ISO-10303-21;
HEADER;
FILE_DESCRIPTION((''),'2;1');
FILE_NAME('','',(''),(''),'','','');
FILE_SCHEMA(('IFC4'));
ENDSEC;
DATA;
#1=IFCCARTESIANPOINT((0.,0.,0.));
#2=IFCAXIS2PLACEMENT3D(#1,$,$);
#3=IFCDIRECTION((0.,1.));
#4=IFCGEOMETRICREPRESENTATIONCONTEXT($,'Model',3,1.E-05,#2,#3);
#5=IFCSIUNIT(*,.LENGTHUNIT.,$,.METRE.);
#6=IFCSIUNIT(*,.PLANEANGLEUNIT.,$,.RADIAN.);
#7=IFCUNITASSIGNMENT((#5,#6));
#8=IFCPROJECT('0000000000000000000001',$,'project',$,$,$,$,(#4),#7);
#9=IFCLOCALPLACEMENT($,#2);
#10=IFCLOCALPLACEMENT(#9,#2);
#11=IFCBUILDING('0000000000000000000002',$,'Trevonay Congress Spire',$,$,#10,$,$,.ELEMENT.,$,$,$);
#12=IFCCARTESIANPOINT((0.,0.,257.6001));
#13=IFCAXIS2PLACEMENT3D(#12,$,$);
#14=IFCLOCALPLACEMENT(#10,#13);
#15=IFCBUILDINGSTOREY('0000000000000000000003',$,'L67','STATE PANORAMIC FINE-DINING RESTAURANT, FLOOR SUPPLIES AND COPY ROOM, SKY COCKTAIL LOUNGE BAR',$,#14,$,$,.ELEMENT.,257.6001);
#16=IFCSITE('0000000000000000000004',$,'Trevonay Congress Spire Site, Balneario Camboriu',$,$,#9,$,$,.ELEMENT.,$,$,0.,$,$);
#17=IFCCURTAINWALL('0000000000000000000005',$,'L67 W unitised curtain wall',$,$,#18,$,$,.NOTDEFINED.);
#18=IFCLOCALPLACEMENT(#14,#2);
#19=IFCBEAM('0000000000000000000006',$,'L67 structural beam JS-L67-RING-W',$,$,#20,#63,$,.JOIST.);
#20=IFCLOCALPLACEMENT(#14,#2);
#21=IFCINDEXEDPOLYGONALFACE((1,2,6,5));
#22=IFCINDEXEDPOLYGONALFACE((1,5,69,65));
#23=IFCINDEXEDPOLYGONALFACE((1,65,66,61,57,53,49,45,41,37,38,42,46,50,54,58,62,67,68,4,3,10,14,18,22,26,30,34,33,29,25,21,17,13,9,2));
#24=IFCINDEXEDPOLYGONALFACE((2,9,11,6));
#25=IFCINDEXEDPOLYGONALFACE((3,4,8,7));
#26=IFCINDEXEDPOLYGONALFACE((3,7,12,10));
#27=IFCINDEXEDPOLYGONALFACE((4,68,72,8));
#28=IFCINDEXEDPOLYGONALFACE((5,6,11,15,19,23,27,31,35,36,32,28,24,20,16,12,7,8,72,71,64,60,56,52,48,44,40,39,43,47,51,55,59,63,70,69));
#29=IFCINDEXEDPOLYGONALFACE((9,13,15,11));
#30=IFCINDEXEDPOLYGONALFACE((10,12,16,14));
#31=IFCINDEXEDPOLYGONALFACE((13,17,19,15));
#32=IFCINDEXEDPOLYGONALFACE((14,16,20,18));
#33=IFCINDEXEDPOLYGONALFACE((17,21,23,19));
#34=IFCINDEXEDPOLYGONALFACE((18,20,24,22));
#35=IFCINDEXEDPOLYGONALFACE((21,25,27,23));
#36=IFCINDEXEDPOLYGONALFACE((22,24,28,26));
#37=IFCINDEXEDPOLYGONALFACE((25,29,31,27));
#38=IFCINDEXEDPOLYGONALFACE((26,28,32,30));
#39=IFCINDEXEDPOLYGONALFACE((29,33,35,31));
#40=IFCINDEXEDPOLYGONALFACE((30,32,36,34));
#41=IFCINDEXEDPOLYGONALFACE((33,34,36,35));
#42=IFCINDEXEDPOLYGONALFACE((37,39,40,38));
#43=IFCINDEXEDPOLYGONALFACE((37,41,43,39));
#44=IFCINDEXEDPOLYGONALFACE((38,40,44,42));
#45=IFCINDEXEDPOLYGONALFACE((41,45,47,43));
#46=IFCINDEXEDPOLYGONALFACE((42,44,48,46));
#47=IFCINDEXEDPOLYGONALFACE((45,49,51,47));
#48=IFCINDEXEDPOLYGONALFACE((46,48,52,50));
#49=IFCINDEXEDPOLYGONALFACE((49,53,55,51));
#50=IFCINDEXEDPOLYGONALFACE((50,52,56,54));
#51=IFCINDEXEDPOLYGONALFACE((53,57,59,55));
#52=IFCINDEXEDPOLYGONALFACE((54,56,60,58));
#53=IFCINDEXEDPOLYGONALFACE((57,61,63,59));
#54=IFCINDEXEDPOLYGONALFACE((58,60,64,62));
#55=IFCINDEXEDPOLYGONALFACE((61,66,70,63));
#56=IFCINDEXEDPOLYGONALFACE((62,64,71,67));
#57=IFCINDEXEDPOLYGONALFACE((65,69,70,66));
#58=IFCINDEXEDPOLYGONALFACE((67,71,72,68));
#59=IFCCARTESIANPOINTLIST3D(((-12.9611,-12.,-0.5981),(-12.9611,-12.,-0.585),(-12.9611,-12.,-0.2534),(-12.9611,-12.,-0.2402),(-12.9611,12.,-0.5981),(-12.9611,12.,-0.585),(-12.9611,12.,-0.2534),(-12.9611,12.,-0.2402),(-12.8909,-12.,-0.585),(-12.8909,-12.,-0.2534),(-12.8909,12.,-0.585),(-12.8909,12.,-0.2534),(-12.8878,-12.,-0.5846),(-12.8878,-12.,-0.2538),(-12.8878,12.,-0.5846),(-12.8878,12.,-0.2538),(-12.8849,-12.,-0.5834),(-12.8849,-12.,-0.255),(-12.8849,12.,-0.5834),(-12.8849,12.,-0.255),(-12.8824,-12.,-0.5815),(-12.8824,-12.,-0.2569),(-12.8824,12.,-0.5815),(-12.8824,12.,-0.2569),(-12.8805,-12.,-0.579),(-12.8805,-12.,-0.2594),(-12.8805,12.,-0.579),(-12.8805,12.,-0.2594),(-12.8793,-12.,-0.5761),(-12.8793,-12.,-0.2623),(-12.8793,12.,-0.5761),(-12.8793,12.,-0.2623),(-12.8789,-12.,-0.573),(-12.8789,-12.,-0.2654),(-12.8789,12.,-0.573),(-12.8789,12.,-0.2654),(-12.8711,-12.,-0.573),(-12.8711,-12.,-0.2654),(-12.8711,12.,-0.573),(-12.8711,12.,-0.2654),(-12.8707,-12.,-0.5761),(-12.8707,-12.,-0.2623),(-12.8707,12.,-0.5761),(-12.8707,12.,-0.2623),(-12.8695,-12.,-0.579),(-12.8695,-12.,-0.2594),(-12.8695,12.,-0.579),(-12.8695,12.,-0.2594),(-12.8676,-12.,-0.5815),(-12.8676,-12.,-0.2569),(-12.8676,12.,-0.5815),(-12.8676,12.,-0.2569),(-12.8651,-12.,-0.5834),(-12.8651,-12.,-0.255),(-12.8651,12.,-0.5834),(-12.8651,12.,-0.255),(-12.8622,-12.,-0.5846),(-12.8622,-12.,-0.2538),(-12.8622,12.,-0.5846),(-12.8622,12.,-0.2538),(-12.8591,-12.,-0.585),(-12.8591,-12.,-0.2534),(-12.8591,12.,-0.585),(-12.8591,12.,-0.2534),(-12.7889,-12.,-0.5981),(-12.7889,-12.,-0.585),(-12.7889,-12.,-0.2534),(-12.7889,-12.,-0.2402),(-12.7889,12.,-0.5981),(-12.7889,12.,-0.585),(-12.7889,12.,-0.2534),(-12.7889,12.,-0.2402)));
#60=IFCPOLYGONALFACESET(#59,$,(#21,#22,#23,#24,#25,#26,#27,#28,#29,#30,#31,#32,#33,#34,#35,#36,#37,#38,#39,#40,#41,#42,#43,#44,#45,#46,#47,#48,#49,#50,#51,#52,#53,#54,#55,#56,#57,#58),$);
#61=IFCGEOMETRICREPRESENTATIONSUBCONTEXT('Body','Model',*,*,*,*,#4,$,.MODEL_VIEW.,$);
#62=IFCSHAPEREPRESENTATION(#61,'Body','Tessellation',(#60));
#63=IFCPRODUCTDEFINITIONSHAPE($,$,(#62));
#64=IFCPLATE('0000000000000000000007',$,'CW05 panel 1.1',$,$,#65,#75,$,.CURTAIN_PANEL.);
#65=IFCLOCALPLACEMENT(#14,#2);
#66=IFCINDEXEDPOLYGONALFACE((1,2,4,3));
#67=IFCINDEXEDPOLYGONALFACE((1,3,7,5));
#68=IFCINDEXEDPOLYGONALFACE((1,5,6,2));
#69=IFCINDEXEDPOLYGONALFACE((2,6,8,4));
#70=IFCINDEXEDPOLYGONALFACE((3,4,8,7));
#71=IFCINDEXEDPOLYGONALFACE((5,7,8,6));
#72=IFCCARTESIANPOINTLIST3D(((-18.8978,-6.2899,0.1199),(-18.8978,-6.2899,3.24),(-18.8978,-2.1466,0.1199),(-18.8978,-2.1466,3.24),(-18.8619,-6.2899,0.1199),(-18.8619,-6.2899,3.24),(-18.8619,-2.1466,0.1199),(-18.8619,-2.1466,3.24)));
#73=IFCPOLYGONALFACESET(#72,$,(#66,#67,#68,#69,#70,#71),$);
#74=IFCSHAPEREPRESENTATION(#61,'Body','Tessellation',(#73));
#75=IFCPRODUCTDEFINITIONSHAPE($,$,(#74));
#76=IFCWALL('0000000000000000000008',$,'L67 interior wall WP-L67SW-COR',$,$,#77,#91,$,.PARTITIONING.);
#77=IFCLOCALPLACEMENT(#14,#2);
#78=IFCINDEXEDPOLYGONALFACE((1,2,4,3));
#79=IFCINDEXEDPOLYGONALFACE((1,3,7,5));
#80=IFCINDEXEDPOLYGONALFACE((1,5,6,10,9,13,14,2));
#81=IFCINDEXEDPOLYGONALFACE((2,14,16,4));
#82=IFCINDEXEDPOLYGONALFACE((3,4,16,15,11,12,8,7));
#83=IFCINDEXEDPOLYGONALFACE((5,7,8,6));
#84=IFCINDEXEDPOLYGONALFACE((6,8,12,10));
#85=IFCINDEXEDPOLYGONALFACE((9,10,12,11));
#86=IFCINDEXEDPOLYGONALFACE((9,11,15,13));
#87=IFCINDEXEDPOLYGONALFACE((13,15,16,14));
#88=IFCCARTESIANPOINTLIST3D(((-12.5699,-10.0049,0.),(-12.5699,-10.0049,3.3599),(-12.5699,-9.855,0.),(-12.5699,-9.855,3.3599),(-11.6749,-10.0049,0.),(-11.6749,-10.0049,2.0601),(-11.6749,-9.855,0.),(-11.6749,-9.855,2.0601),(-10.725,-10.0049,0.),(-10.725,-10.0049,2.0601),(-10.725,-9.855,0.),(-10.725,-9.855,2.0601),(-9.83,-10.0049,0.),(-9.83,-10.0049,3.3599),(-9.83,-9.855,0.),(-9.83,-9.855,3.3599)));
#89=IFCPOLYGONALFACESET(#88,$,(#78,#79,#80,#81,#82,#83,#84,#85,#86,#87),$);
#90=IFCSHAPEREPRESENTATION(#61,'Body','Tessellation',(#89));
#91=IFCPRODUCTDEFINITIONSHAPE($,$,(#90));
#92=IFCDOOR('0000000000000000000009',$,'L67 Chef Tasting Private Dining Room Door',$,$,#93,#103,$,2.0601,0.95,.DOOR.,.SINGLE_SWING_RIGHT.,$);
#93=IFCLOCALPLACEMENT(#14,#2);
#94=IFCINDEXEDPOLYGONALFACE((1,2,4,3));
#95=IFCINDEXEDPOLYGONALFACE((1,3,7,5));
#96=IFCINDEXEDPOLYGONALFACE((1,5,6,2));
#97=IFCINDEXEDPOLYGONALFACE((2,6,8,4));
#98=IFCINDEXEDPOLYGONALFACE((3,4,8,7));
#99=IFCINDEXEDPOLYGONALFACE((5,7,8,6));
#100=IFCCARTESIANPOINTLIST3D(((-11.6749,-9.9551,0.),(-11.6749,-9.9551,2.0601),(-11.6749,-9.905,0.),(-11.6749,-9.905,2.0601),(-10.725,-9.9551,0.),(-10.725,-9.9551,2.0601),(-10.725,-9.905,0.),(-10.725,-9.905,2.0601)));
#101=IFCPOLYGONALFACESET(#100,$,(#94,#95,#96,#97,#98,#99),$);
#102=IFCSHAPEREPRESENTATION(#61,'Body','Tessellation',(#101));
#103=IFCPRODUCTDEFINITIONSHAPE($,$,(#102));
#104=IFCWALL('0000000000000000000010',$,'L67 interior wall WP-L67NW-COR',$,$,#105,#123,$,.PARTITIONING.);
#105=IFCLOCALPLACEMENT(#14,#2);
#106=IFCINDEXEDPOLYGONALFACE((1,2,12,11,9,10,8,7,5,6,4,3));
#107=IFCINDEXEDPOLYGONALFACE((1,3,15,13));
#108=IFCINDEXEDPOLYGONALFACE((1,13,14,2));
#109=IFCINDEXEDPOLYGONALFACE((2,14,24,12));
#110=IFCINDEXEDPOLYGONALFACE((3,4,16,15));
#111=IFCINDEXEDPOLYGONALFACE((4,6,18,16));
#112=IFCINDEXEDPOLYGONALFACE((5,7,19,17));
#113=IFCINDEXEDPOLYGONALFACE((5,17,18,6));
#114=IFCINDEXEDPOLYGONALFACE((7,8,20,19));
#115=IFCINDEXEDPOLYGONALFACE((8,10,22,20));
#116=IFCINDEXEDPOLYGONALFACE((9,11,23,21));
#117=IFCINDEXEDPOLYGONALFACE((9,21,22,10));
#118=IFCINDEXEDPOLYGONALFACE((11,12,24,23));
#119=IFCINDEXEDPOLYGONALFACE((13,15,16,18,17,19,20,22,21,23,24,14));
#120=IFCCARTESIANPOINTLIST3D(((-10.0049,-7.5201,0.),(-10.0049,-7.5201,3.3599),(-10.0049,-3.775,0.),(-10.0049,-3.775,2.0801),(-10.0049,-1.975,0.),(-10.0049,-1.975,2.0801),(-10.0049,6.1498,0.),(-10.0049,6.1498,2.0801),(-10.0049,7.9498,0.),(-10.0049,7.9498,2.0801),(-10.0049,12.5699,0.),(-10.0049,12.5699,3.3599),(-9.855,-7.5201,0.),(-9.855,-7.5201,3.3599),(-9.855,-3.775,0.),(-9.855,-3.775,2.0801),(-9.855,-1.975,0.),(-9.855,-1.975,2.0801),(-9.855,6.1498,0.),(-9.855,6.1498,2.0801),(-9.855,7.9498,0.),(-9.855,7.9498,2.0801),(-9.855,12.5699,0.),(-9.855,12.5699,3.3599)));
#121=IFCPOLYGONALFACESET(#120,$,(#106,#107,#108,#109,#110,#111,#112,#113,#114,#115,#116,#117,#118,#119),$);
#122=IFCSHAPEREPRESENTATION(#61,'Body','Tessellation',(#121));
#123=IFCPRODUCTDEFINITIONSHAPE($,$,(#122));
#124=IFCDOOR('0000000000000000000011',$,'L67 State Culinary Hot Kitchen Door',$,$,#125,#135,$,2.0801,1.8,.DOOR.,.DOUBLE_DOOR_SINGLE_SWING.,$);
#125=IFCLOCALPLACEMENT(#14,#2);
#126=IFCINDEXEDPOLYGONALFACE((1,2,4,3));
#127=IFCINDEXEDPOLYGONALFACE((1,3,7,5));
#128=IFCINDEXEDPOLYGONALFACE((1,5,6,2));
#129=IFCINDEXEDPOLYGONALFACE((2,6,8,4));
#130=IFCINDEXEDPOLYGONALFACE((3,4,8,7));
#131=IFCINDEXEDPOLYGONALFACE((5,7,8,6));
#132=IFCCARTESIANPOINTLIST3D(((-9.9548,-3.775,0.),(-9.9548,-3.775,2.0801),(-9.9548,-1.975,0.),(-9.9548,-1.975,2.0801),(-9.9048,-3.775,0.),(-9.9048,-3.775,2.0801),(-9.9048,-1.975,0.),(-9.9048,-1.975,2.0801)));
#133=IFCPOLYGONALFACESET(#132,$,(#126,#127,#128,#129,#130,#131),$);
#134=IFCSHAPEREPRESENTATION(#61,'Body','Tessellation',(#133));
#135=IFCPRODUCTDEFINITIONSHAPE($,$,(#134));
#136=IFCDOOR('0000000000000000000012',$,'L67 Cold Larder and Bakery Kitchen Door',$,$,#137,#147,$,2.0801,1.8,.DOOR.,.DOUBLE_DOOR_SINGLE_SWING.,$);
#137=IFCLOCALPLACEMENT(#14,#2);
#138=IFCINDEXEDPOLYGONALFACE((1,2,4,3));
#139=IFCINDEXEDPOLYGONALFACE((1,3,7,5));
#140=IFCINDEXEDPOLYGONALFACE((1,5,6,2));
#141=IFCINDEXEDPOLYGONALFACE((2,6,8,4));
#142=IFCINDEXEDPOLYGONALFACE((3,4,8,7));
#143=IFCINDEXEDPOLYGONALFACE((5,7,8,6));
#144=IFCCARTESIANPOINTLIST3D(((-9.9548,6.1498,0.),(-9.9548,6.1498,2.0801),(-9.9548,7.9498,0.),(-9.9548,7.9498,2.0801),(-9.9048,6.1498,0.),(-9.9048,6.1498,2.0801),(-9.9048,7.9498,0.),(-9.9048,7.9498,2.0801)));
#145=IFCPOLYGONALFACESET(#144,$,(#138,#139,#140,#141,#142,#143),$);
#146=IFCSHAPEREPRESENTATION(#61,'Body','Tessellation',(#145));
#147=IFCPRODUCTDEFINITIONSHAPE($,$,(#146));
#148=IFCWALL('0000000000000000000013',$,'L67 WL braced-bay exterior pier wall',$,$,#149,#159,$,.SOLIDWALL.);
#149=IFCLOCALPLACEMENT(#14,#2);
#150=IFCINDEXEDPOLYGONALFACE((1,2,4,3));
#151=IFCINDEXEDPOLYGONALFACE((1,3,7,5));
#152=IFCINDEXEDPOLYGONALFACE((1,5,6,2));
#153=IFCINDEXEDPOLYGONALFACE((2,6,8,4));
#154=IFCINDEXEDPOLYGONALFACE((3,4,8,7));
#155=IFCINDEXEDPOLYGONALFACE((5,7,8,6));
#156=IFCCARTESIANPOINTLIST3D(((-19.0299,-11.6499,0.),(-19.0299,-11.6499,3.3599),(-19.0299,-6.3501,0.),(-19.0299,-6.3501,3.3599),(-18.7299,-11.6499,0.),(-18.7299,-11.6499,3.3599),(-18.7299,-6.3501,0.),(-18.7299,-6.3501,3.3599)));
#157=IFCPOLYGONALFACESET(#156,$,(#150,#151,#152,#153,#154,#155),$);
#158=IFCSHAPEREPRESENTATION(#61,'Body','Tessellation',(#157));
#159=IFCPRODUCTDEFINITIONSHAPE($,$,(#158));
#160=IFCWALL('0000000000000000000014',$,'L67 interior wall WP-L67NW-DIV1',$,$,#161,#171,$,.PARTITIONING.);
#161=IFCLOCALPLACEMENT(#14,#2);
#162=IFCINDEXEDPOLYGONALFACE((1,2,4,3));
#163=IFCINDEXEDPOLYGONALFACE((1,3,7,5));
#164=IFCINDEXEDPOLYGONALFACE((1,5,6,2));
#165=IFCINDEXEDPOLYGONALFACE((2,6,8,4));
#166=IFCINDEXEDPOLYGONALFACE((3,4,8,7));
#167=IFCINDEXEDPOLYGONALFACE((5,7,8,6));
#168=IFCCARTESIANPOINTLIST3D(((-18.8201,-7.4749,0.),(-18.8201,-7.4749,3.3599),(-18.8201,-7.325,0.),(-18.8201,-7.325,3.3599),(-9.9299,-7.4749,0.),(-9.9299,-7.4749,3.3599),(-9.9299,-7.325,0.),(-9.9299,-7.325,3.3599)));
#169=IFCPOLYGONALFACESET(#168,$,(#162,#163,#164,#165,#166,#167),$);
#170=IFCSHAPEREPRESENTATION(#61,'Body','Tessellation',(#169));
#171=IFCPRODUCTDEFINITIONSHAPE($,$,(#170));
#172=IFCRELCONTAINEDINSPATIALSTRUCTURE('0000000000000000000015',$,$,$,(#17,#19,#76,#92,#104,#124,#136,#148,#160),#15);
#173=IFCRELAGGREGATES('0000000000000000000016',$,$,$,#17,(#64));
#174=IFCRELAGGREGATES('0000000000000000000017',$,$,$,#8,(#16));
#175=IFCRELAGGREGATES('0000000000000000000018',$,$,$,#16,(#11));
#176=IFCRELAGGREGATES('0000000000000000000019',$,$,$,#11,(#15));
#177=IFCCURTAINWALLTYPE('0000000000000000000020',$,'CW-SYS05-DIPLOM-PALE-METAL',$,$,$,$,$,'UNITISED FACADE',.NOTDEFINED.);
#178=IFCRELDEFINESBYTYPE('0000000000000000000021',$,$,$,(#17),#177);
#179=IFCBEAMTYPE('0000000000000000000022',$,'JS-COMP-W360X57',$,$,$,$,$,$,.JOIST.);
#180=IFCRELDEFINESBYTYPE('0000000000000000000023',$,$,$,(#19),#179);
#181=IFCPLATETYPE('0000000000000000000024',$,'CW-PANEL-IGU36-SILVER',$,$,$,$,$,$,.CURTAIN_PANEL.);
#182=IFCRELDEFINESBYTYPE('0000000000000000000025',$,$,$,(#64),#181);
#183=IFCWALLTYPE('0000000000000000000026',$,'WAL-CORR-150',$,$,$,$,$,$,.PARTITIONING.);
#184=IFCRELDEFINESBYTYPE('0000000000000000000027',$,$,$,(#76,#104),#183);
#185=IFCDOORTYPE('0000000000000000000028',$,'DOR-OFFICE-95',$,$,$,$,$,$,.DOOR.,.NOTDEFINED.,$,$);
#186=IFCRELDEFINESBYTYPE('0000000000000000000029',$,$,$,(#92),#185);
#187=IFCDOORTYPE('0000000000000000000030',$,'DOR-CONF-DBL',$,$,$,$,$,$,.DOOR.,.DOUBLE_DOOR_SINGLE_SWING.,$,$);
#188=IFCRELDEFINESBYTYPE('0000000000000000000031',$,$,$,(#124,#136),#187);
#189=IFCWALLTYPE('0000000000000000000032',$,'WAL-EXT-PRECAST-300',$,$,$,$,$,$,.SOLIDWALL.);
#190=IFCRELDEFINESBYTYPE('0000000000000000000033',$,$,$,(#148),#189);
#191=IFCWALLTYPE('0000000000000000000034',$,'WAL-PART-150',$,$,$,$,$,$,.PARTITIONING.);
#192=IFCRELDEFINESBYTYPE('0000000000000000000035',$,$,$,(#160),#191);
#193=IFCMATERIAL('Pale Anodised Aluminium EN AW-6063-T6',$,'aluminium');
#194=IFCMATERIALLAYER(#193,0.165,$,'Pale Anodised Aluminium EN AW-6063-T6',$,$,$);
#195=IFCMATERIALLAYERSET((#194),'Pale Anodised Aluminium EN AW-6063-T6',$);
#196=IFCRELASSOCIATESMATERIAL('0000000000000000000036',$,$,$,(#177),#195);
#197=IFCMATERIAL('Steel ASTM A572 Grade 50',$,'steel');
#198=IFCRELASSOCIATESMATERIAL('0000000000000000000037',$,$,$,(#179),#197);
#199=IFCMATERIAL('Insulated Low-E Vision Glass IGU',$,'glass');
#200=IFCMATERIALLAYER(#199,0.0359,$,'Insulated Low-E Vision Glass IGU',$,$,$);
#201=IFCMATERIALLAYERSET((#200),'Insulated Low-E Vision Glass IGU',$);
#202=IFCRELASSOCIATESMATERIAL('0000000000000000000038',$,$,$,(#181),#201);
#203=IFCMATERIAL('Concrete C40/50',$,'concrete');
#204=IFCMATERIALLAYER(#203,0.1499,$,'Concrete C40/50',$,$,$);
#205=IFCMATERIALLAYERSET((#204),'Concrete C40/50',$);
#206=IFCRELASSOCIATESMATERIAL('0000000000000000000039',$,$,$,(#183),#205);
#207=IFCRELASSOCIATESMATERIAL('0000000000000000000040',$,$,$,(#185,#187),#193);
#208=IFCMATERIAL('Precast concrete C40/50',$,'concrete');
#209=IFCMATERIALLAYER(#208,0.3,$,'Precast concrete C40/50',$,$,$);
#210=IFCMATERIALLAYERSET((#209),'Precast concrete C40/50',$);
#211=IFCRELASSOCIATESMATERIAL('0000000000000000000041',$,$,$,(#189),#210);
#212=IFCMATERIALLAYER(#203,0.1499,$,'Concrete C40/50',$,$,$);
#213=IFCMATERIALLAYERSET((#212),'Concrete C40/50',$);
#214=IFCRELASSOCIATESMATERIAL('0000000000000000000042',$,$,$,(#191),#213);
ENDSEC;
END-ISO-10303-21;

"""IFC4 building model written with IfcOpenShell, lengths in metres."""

from ifc_helpers import new_model, si_unit, direction, frame, frame_2d, origin, origin_2d, place, context, subcontext, project, spatial, rectangle, i_section, extrude, material, layer, layer_set, material_profile, profile_set, type_object, element, fill, aggregate, save


model = new_model("IFC4")

# Units and contexts
model_context = context("Model", 3, precision=1e-05, world=origin(), true_north=direction((0.0, 1.0)))
body_context = subcontext(model_context, "Body", "Model", "MODEL_VIEW")
ifc_project = project(units=[si_unit("LENGTHUNIT", "METRE"), si_unit("PLANEANGLEUNIT", "RADIAN")], contexts=[model_context])

# Site, building, storey
site_placement = place(None, origin())
site = spatial("IfcSite", under=ifc_project, at=site_placement, Name="Trevonay Congress Spire Site, Balneario Camboriu", CompositionType="ELEMENT", RefElevation=0.0)
building_placement = place(site_placement, origin())
building = spatial("IfcBuilding", under=site, at=building_placement, Name="Trevonay Congress Spire", CompositionType="ELEMENT")
storey_placement = place(building_placement, frame((0.0, 0.0, 257.6001)))
storey = spatial("IfcBuildingStorey", under=building, at=storey_placement, Name="L67", Description="STATE PANORAMIC FINE-DINING RESTAURANT, FLOOR SUPPLIES AND COPY ROOM, SKY COCKTAIL LOUNGE BAR", CompositionType="ELEMENT", Elevation=257.6001)

# Shared definitions
ifc_material_1 = material(Name="Steel ASTM A572 Grade 50", Category="steel")

# Curtain wall
ifc_material_2 = material(Name="Pale Anodised Aluminium EN AW-6063-T6", Category="aluminium")
ifc_layer_1 = layer(ifc_material_2, 0.165, Name="Pale Anodised Aluminium EN AW-6063-T6")
ifc_layer_set_1 = layer_set([ifc_layer_1], Name="Pale Anodised Aluminium EN AW-6063-T6")
curtain_wall_type = type_object("IfcCurtainWallType", Name="CW-SYS05-DIPLOM-PALE-METAL", ElementType="UNITISED FACADE", PredefinedType="NOTDEFINED", material=ifc_layer_set_1)
curtain_wall_placement = place(storey_placement, origin())
curtain_wall = element("IfcCurtainWall", 1, at=curtain_wall_placement, inside=storey, type_object=curtain_wall_type, Name="L67 W unitised curtain wall", PredefinedType="NOTDEFINED")

# Beam
ifc_material_profile_1 = material_profile(ifc_material_1, i_section(OverallWidth=0.1721, OverallDepth=0.3579, WebThickness=0.0078, FlangeThickness=0.0132, FilletRadius=0.012, at=origin_2d()), Name="W360x57.8")
ifc_profile_set_1 = profile_set([ifc_material_profile_1], Name="Steel ASTM A572 Grade 50")
beam_type_1 = type_object("IfcBeamType", Name="JS-COMP-W360X57", PredefinedType="JOIST", material=ifc_profile_set_1)
beam_1_placement = place(storey_placement, frame((-12.875, -12.0, -0.4192), z_axis=(0.0, 1.0, 0.0), x_axis=(-1.0, 0.0, 0.0)))
element("IfcBeam", 2, at=beam_1_placement, inside=storey, type_object=beam_type_1, Name="L67 structural beam JS-L67-RING-W", PredefinedType="JOIST", context=body_context, shape_type="SweptSolid", body=[
    extrude(i_section(OverallWidth=0.1721, OverallDepth=0.3579, WebThickness=0.0078, FlangeThickness=0.0132, FilletRadius=0.012, at=origin_2d()), origin(), (0.0, 0.0, 1.0), 24.0),
])

# Plate
ifc_material_3 = material(Name="Insulated Low-E Vision Glass IGU", Category="glass")
ifc_layer_2 = layer(ifc_material_3, 0.0359, Name="Insulated Low-E Vision Glass IGU")
ifc_layer_set_2 = layer_set([ifc_layer_2], Name="Insulated Low-E Vision Glass IGU")
plate_type = type_object("IfcPlateType", Name="CW-PANEL-IGU36-SILVER", PredefinedType="CURTAIN_PANEL", material=ifc_layer_set_2)
plate_placement = place(storey_placement, frame((-18.8799, -4.2183, 0.1199), z_axis=(0.0, 0.0, 1.0), x_axis=(0.0, 1.0, 0.0)))
plate = element("IfcPlate", 3, at=plate_placement, type_object=plate_type, Name="CW05 panel 1.1", PredefinedType="CURTAIN_PANEL", context=body_context, shape_type="SweptSolid", body=[
    extrude(rectangle(XDim=4.1433, YDim=0.0359, at=origin_2d()), origin(), (0.0, 0.0, 1.0), 3.1201),
])
aggregate(curtain_wall, [plate])

# Wall, opening, door
ifc_material_4 = material(Name="Concrete C40/50", Category="concrete")
ifc_layer_3 = layer(ifc_material_4, 0.1499, Name="Concrete C40/50")
ifc_layer_set_3 = layer_set([ifc_layer_3], Name="Concrete C40/50")
wall_type_1 = type_object("IfcWallType", Name="WAL-CORR-150", PredefinedType="PARTITIONING", material=ifc_layer_set_3)
wall_1_placement = place(storey_placement, frame((-12.5701, -9.9299, 0.0), z_axis=(0.0, 0.0, 1.0), x_axis=(1.0, 0.0, 0.0)))
wall_1 = element("IfcWall", 4, at=wall_1_placement, inside=storey, type_object=wall_type_1, Name="L67 interior wall WP-L67SW-COR", PredefinedType="PARTITIONING", context=body_context, shape_type="SweptSolid", body=[
    extrude(rectangle(XDim=2.74, YDim=0.1499, at=frame_2d((1.3701, 0.0))), origin(), (0.0, 0.0, 1.0), 3.3599),
])
opening_1_placement = place(wall_1_placement, frame((0.895, 0.0, 0.0)))
opening_1 = element("IfcOpeningElement", 5, at=opening_1_placement, cuts=wall_1, PredefinedType="OPENING", context=body_context, shape_type="SweptSolid", body=[
    extrude(rectangle(XDim=0.95, YDim=2.0601, at=frame_2d((0.4751, 1.03))), frame((0.0, 0.085, 0.0), z_axis=(0.0, -1.0, 0.0), x_axis=(1.0, 0.0, 0.0)), (0.0, 0.0, 1.0), 0.1699),
])
door_type_1 = type_object("IfcDoorType", Name="DOR-OFFICE-95", OperationType="NOTDEFINED", PredefinedType="DOOR", material=ifc_material_2)
door_1_placement = place(opening_1_placement, origin())
door_1 = element("IfcDoor", 6, at=door_1_placement, inside=storey, type_object=door_type_1, Name="L67 Chef Tasting Private Dining Room Door", OperationType="SINGLE_SWING_RIGHT", OverallHeight=2.0601, OverallWidth=0.95, PredefinedType="DOOR", context=body_context, shape_type="SweptSolid", body=[
    extrude(rectangle(XDim=0.95, YDim=2.0601, at=frame_2d((0.4751, 1.03))), frame((0.0, 0.0249, 0.0), z_axis=(0.0, -1.0, 0.0), x_axis=(1.0, 0.0, 0.0)), (0.0, 0.0, 1.0), 0.05),
])
fill(opening_1, door_1)

# Wall, openings, doors
wall_2_placement = place(storey_placement, frame((-9.9299, -7.52, 0.0), z_axis=(0.0, 0.0, 1.0), x_axis=(0.0, 1.0, 0.0)))
wall_2 = element("IfcWall", 7, at=wall_2_placement, inside=storey, type_object=wall_type_1, Name="L67 interior wall WP-L67NW-COR", PredefinedType="PARTITIONING", context=body_context, shape_type="SweptSolid", body=[
    extrude(rectangle(XDim=20.0901, YDim=0.1499, at=frame_2d((10.0449, 0.0))), origin(), (0.0, 0.0, 1.0), 3.3599),
])
opening_2_placement = place(wall_2_placement, frame((3.7451, 0.0, 0.0)))
opening_2 = element("IfcOpeningElement", 8, at=opening_2_placement, cuts=wall_2, PredefinedType="OPENING", context=body_context, shape_type="SweptSolid", body=[
    extrude(rectangle(XDim=1.8, YDim=2.0801, at=frame_2d((0.8999, 1.04))), frame((0.0, 0.085, 0.0), z_axis=(0.0, -1.0, 0.0), x_axis=(1.0, 0.0, 0.0)), (0.0, 0.0, 1.0), 0.1699),
])
opening_3_placement = place(wall_2_placement, frame((13.6699, 0.0, 0.0)))
opening_3 = element("IfcOpeningElement", 9, at=opening_3_placement, cuts=wall_2, PredefinedType="OPENING", context=body_context, shape_type="SweptSolid", body=[
    extrude(rectangle(XDim=1.8, YDim=2.0801, at=frame_2d((0.8999, 1.04))), frame((0.0, 0.085, 0.0), z_axis=(0.0, -1.0, 0.0), x_axis=(1.0, 0.0, 0.0)), (0.0, 0.0, 1.0), 0.1699),
])
door_type_2 = type_object("IfcDoorType", Name="DOR-CONF-DBL", OperationType="DOUBLE_DOOR_SINGLE_SWING", PredefinedType="DOOR", material=ifc_material_2)
door_2_placement = place(opening_2_placement, origin())
door_2 = element("IfcDoor", 10, at=door_2_placement, inside=storey, type_object=door_type_2, Name="L67 State Culinary Hot Kitchen Door", OperationType="DOUBLE_DOOR_SINGLE_SWING", OverallHeight=2.0801, OverallWidth=1.8, PredefinedType="DOOR", context=body_context, shape_type="SweptSolid", body=[
    extrude(rectangle(XDim=1.8, YDim=2.0801, at=frame_2d((0.8999, 1.04))), frame((0.0, 0.0249, 0.0), z_axis=(0.0, -1.0, 0.0), x_axis=(1.0, 0.0, 0.0)), (0.0, 0.0, 1.0), 0.05),
])
fill(opening_2, door_2)
door_3_placement = place(opening_3_placement, origin())
door_3 = element("IfcDoor", 11, at=door_3_placement, inside=storey, type_object=door_type_2, Name="L67 Cold Larder and Bakery Kitchen Door", OperationType="DOUBLE_DOOR_SINGLE_SWING", OverallHeight=2.0801, OverallWidth=1.8, PredefinedType="DOOR", context=body_context, shape_type="SweptSolid", body=[
    extrude(rectangle(XDim=1.8, YDim=2.0801, at=frame_2d((0.8999, 1.04))), frame((0.0, 0.0249, 0.0), z_axis=(0.0, -1.0, 0.0), x_axis=(1.0, 0.0, 0.0)), (0.0, 0.0, 1.0), 0.05),
])
fill(opening_3, door_3)

# Walls
ifc_material_5 = material(Name="Precast concrete C40/50", Category="concrete")
ifc_layer_4 = layer(ifc_material_5, 0.3, Name="Precast concrete C40/50")
ifc_layer_set_4 = layer_set([ifc_layer_4], Name="Precast concrete C40/50")
wall_type_2 = type_object("IfcWallType", Name="WAL-EXT-PRECAST-300", PredefinedType="SOLIDWALL", material=ifc_layer_set_4)
wall_3_placement = place(storey_placement, frame((-18.8799, -11.6499, 0.0), z_axis=(0.0, 0.0, 1.0), x_axis=(0.0, 1.0, 0.0)))
element("IfcWall", 12, at=wall_3_placement, inside=storey, type_object=wall_type_2, Name="L67 WL braced-bay exterior pier wall", PredefinedType="SOLIDWALL", context=body_context, shape_type="SweptSolid", body=[
    extrude(rectangle(XDim=5.2998, YDim=0.3, at=frame_2d((2.6499, 0.0))), origin(), (0.0, 0.0, 1.0), 3.3599),
])
ifc_layer_5 = layer(ifc_material_4, 0.1499, Name="Concrete C40/50")
ifc_layer_set_5 = layer_set([ifc_layer_5], Name="Concrete C40/50")
wall_type_3 = type_object("IfcWallType", Name="WAL-PART-150", PredefinedType="PARTITIONING", material=ifc_layer_set_5)
wall_4_placement = place(storey_placement, frame((-18.8201, -7.3999, 0.0), z_axis=(0.0, 0.0, 1.0), x_axis=(1.0, 0.0, 0.0)))
element("IfcWall", 13, at=wall_4_placement, inside=storey, type_object=wall_type_3, Name="L67 interior wall WP-L67NW-DIV1", PredefinedType="PARTITIONING", context=body_context, shape_type="SweptSolid", body=[
    extrude(rectangle(XDim=8.8901, YDim=0.1499, at=frame_2d((4.4451, 0.0))), origin(), (0.0, 0.0, 1.0), 3.3599),
])

save(model, "model.ifc")
